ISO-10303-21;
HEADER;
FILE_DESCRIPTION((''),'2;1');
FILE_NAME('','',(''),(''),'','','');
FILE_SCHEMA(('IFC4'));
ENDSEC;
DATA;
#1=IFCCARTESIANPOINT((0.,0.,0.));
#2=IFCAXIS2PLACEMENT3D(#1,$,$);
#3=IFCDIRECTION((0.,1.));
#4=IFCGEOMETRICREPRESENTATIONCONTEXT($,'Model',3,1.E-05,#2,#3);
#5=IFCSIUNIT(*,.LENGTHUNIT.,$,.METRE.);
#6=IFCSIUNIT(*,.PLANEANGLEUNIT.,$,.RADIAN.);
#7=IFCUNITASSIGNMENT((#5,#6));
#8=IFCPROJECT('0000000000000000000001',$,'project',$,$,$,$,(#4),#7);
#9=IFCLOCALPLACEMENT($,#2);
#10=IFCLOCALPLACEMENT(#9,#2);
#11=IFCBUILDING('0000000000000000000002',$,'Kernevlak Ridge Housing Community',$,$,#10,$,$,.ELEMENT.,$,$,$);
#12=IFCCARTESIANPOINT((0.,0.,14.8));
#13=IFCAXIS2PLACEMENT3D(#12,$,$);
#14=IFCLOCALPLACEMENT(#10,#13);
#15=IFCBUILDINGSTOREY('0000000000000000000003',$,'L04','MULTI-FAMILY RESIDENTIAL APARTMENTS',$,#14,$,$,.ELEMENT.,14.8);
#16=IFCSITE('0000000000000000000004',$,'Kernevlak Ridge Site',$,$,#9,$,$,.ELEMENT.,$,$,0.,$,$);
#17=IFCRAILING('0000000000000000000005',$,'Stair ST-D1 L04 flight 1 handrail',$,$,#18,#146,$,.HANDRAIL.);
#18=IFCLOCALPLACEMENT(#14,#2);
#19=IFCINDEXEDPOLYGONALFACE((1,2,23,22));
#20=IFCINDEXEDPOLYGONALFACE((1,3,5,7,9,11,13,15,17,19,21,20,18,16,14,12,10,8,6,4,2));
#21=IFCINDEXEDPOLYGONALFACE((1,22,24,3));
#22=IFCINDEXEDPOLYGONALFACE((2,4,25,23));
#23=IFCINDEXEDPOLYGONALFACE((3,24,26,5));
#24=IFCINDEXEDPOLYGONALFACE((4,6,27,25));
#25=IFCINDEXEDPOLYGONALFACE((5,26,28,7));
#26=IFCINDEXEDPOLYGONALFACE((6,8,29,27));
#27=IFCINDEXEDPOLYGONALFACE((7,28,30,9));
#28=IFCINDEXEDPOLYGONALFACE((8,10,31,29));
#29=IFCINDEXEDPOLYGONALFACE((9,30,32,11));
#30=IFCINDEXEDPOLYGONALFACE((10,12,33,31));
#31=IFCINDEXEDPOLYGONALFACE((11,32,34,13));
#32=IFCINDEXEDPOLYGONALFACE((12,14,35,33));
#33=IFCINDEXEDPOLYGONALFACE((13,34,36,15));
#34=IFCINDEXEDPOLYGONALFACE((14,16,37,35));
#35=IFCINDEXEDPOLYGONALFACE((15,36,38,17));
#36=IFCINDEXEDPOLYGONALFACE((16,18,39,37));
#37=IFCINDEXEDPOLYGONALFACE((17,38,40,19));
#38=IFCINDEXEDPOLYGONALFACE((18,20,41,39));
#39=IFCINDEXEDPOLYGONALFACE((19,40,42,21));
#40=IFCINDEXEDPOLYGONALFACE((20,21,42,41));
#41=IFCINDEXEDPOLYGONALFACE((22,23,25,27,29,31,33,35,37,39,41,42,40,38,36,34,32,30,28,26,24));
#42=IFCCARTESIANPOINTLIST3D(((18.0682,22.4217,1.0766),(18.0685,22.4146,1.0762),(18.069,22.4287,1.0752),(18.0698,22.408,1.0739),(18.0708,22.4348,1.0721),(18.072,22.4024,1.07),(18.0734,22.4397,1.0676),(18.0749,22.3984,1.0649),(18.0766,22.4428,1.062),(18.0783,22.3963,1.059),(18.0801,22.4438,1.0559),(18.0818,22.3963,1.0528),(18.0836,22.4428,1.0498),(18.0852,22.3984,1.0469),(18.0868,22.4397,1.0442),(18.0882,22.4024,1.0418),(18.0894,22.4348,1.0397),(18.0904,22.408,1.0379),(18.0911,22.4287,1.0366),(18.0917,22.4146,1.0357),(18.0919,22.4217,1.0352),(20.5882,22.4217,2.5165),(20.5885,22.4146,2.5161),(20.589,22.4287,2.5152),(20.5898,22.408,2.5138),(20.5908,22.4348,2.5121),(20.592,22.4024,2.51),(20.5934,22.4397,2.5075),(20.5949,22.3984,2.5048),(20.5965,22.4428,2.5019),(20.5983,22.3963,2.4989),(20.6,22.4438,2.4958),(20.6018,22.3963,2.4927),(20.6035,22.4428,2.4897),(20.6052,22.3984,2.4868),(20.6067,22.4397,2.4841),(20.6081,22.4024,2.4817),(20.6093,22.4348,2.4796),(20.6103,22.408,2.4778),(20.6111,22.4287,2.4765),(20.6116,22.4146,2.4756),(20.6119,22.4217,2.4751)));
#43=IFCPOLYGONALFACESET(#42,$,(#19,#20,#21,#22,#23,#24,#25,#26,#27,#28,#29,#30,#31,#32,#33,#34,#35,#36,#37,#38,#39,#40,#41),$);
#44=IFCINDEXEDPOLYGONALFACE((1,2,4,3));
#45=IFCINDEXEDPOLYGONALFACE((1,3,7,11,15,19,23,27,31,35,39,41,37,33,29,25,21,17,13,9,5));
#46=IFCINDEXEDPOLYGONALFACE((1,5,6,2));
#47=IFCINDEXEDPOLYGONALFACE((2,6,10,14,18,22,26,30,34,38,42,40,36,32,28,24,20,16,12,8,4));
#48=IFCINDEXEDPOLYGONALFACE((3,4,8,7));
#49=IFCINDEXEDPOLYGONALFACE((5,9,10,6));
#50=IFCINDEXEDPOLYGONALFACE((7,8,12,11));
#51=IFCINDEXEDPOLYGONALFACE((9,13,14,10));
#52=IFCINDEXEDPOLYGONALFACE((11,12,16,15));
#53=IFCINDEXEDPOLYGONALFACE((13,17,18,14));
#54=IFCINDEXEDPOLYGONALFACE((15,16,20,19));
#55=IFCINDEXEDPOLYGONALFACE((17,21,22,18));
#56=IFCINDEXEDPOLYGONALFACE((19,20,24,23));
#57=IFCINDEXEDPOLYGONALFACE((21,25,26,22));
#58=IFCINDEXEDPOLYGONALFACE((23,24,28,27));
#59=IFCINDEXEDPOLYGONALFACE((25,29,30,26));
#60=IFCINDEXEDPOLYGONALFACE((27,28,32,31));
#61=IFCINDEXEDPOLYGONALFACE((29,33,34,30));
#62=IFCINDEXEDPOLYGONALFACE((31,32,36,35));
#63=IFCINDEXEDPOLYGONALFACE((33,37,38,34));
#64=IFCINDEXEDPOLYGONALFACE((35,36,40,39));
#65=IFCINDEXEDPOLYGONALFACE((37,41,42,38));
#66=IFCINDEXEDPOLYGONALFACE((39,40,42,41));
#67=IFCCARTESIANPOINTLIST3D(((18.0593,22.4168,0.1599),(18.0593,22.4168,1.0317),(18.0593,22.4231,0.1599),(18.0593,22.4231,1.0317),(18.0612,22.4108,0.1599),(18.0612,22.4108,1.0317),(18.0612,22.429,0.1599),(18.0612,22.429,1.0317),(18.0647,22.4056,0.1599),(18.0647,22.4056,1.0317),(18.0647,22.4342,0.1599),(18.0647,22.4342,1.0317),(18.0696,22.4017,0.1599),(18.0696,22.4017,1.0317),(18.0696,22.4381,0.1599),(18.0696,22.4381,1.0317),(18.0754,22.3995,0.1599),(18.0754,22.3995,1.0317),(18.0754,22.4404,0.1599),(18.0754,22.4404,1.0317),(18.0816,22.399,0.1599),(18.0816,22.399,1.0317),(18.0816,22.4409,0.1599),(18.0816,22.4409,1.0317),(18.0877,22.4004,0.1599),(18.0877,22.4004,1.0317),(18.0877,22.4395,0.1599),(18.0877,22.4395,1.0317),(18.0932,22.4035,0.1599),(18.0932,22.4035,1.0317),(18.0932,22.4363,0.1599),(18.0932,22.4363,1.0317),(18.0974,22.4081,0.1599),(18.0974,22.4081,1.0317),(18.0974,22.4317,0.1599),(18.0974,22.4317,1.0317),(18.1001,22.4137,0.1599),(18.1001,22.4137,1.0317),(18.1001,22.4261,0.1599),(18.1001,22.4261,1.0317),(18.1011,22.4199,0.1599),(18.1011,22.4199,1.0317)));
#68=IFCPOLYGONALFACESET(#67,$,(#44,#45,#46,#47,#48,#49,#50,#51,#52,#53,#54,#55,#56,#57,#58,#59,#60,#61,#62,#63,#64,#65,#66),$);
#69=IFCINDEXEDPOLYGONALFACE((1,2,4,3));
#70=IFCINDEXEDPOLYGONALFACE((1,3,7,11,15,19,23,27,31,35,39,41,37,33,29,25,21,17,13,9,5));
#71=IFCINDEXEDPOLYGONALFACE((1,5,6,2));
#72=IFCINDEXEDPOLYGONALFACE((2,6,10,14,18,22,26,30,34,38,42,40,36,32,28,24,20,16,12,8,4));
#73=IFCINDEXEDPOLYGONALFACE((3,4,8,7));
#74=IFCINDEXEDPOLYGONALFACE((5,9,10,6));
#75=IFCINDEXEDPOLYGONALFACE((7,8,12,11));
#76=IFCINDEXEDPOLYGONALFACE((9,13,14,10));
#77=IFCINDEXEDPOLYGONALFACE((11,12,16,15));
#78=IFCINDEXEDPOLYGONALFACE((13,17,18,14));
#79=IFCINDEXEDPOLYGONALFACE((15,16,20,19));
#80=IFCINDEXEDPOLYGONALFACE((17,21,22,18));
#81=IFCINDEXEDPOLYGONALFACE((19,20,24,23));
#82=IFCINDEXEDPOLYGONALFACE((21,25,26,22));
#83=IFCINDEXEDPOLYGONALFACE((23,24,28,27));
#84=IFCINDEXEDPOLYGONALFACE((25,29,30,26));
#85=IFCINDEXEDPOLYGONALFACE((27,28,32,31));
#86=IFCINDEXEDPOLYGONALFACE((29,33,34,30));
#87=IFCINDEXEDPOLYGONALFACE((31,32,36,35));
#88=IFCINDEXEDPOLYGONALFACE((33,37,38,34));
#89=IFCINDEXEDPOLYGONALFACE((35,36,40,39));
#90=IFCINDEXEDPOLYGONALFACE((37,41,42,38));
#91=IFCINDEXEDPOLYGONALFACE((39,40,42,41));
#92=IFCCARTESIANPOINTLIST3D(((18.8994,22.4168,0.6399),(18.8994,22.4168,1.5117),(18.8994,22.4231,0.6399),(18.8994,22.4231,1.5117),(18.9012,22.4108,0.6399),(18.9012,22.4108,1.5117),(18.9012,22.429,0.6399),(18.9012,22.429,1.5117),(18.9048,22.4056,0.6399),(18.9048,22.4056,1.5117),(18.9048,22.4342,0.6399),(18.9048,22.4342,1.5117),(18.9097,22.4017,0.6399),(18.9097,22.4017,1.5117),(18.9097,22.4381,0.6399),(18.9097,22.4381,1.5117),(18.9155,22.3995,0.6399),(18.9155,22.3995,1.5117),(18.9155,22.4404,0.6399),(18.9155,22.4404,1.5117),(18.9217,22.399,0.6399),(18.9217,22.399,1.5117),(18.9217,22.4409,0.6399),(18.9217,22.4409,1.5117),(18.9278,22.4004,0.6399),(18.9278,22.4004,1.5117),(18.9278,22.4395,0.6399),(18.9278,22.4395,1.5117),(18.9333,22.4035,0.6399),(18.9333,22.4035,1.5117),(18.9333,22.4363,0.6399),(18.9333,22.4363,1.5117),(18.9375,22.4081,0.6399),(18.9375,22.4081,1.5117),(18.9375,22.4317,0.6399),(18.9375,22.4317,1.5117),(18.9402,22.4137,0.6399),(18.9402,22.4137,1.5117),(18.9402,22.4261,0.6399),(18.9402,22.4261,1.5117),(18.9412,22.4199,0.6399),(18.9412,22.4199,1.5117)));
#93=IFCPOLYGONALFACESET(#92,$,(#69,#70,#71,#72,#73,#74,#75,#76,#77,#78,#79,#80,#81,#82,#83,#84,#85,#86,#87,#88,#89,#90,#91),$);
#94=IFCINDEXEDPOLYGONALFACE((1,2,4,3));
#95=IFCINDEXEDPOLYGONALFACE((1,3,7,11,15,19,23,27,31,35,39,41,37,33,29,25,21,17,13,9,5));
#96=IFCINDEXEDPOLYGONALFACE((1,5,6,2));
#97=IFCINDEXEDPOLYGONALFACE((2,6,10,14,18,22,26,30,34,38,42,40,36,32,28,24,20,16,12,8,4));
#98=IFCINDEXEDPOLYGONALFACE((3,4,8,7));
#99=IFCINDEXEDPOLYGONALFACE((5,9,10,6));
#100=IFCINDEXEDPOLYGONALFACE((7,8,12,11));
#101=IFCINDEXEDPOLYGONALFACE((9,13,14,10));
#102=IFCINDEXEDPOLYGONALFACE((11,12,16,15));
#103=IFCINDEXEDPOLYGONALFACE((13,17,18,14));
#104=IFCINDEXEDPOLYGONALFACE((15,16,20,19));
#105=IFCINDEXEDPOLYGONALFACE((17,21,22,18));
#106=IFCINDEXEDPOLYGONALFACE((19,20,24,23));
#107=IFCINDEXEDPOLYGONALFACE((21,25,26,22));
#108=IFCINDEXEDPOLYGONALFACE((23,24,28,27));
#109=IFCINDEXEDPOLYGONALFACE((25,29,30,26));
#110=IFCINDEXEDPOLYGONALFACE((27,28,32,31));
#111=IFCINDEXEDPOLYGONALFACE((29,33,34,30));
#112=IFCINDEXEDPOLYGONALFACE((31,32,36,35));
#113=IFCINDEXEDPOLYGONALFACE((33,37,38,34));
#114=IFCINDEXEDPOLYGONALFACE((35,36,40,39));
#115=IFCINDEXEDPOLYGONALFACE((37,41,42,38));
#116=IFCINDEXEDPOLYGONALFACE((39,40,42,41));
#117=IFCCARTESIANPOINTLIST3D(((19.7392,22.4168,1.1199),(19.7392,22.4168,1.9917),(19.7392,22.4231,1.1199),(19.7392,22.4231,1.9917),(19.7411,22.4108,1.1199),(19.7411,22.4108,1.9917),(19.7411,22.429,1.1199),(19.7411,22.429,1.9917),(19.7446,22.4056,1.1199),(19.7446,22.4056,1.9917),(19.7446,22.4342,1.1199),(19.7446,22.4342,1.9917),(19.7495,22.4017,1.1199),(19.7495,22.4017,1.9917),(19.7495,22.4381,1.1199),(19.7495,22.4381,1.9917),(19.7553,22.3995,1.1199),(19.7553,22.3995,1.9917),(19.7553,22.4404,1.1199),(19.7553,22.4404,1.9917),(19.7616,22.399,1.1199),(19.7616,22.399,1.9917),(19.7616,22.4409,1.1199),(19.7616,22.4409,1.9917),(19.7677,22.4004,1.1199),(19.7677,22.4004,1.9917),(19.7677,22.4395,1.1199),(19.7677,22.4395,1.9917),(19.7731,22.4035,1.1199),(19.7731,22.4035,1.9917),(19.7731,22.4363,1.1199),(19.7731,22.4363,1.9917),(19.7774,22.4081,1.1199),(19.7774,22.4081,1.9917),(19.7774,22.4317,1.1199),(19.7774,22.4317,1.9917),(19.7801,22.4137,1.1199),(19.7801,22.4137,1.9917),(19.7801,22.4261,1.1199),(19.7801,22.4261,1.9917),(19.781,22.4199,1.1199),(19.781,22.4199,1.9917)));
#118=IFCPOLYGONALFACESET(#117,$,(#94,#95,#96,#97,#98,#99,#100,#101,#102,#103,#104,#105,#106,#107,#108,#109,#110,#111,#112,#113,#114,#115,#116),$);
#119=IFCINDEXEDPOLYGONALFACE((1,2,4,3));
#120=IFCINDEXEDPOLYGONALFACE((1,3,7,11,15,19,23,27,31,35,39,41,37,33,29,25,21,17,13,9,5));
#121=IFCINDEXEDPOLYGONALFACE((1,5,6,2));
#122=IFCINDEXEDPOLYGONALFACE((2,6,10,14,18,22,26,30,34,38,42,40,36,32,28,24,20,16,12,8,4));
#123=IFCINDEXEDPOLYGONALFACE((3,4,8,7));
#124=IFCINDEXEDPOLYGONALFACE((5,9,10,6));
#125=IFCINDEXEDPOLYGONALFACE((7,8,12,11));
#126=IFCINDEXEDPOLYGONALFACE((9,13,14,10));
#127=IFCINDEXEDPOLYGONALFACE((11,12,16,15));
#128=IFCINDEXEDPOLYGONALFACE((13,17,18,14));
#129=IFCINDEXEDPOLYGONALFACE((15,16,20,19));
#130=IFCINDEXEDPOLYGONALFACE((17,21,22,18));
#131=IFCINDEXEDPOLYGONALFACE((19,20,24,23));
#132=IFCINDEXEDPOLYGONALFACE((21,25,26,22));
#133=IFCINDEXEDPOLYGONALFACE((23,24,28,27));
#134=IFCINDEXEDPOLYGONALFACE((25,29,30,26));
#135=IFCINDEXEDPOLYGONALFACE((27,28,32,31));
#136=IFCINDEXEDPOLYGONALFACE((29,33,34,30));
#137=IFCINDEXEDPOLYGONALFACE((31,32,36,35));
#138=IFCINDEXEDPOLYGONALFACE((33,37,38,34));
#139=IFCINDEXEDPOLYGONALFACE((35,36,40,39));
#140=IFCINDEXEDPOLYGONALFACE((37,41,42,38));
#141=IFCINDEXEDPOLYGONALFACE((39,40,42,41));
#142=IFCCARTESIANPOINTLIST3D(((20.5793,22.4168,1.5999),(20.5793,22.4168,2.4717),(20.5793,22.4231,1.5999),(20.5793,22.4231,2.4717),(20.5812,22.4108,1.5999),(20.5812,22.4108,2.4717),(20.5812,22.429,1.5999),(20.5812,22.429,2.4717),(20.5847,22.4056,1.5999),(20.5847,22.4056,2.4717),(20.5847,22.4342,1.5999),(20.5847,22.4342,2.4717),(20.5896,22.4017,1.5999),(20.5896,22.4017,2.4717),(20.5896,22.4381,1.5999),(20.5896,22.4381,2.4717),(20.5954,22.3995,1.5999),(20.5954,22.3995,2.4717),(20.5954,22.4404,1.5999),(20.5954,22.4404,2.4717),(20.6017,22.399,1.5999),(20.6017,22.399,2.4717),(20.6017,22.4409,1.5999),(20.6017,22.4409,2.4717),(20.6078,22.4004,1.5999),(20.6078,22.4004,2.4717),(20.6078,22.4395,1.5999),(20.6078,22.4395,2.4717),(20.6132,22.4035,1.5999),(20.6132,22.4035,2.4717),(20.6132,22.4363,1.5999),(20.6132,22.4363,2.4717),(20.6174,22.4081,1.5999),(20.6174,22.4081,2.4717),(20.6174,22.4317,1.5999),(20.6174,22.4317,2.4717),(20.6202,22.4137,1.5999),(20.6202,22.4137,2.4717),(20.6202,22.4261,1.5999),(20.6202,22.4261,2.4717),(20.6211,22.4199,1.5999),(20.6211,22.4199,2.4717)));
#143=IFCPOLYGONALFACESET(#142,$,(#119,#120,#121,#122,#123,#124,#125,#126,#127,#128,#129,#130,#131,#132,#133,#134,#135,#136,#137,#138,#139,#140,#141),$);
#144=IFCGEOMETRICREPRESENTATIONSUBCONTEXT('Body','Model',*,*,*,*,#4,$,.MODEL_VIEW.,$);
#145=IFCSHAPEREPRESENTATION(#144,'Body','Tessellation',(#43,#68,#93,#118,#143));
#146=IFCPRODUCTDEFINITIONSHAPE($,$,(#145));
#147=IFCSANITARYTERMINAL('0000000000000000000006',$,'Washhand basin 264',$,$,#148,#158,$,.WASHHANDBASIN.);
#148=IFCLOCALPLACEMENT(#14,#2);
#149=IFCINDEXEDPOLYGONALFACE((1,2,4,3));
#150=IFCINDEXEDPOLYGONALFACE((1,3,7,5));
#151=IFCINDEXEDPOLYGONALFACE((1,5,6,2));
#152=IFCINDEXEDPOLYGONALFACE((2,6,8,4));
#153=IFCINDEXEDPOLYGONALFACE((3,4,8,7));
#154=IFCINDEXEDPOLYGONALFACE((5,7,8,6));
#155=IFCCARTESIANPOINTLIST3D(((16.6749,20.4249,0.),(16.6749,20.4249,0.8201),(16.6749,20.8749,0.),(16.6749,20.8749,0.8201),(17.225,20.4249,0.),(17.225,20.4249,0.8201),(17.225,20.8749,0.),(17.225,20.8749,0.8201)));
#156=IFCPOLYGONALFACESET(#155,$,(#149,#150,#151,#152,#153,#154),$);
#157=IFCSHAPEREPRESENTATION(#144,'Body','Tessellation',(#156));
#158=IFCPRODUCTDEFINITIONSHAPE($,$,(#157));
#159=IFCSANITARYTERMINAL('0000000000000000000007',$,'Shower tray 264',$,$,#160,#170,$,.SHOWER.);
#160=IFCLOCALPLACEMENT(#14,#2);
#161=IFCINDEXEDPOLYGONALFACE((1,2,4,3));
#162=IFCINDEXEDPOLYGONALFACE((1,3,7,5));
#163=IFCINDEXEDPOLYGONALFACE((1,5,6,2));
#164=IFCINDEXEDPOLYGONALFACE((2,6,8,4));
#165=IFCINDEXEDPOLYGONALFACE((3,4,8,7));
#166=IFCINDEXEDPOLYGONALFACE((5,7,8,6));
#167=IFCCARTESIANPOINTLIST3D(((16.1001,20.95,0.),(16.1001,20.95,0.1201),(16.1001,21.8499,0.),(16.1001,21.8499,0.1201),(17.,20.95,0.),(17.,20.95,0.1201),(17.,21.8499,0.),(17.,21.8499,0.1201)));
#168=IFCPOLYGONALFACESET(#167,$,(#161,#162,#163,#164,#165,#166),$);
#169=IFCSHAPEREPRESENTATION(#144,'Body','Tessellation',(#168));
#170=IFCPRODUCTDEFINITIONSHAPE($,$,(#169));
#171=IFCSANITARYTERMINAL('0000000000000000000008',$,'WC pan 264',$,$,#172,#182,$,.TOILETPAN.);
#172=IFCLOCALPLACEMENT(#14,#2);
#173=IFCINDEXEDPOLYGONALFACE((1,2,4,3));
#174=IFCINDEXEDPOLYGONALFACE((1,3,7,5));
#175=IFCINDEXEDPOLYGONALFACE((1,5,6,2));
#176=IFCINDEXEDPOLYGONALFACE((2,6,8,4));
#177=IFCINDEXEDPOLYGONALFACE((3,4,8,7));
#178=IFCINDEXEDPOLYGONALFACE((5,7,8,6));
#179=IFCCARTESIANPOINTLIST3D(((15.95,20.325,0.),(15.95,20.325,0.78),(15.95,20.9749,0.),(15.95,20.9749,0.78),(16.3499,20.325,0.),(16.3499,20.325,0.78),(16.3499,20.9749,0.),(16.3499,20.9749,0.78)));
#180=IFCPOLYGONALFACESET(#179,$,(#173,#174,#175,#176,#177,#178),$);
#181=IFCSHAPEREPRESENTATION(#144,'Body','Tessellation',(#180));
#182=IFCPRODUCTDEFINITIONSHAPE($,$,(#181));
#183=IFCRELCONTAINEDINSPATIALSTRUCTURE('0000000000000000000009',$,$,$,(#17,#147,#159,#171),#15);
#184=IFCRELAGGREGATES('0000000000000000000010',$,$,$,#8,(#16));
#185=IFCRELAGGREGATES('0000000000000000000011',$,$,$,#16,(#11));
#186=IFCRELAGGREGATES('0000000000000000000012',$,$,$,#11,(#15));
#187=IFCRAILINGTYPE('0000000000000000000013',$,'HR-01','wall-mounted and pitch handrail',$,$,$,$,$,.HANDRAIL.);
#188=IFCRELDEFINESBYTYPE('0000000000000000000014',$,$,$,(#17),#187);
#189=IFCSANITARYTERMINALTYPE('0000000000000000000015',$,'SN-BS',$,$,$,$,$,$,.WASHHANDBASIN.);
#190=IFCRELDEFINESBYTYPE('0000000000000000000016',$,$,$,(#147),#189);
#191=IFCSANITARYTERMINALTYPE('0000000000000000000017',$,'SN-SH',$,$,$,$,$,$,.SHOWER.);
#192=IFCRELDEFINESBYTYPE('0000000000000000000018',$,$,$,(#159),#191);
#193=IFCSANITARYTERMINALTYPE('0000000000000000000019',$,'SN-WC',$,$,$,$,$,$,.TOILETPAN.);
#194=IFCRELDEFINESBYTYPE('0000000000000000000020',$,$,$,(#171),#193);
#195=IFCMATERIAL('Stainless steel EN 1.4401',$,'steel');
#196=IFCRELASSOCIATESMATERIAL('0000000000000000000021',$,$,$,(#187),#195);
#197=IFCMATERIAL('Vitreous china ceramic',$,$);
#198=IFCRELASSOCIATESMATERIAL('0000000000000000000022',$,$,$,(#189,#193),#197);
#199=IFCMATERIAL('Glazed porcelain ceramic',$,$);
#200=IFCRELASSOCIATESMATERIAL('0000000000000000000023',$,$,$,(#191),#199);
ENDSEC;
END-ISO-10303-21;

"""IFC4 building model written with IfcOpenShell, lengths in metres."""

from ifc_helpers import new_model, si_unit, direction, frame, origin, origin_2d, place, context, subcontext, project, spatial, rectangle, circle, extrude, material, type_object, element, save


model = new_model("IFC4")

# Units and contexts
model_context = context("Model", 3, precision=1e-05, world=origin(), true_north=direction((0.0, 1.0)))
body_context = subcontext(model_context, "Body", "Model", "MODEL_VIEW")
ifc_project = project(units=[si_unit("LENGTHUNIT", "METRE"), si_unit("PLANEANGLEUNIT", "RADIAN")], contexts=[model_context])

# Site, building, storey
site_placement = place(None, origin())
site = spatial("IfcSite", under=ifc_project, at=site_placement, Name="Kernevlak Ridge Site", CompositionType="ELEMENT", RefElevation=0.0)
building_placement = place(site_placement, origin())
building = spatial("IfcBuilding", under=site, at=building_placement, Name="Kernevlak Ridge Housing Community", CompositionType="ELEMENT")
storey_placement = place(building_placement, frame((0.0, 0.0, 14.8)))
storey = spatial("IfcBuildingStorey", under=building, at=storey_placement, Name="L04", Description="MULTI-FAMILY RESIDENTIAL APARTMENTS", CompositionType="ELEMENT", Elevation=14.8)

# Railing
ifc_material_1 = material(Name="Stainless steel EN 1.4401", Category="steel")
railing_type_1 = type_object("IfcRailingType", Name="HR-01", Description="wall-mounted and pitch handrail", PredefinedType="HANDRAIL", material=ifc_material_1)
railing_1_placement = place(storey_placement, frame((18.0801, 22.4199, 0.1599)))
element("IfcRailing", 1, at=railing_1_placement, inside=storey, type_object=railing_type_1, Name="Stair ST-D1 L04 flight 1 handrail", PredefinedType="HANDRAIL", context=body_context, shape_type="SweptSolid", body=[
    extrude(circle(Radius=0.0239, at=origin_2d()), frame((0.0, 0.0, 0.896), z_axis=(0.868253, 0.0, 0.496121), x_axis=(0.0, 1.0, 0.0)), (0.0, 0.0, 1.0), 2.9023),
    extrude(circle(Radius=0.021, at=origin_2d()), origin(), (0.0, 0.0, 1.0), 0.8718),
    extrude(circle(Radius=0.021, at=origin_2d()), frame((0.8401, 0.0, 0.48)), (0.0, 0.0, 1.0), 0.8718),
    extrude(circle(Radius=0.021, at=origin_2d()), frame((1.6799, 0.0, 0.96)), (0.0, 0.0, 1.0), 0.8718),
    extrude(circle(Radius=0.021, at=origin_2d()), frame((2.52, 0.0, 1.4399)), (0.0, 0.0, 1.0), 0.8718),
])

# Sanitary terminals
ifc_material_2 = material(Name="Vitreous china ceramic")
sanitary_terminal_type_1 = type_object("IfcSanitaryTerminalType", Name="SN-BS", PredefinedType="WASHHANDBASIN", material=ifc_material_2)
sanitary_terminal_1_placement = place(storey_placement, frame((16.95, 20.6499, 0.0), z_axis=(0.0, 0.0, 1.0), x_axis=(1.0, 0.0, 0.0)))
element("IfcSanitaryTerminal", 2, at=sanitary_terminal_1_placement, inside=storey, type_object=sanitary_terminal_type_1, Name="Washhand basin 264", PredefinedType="WASHHANDBASIN", context=body_context, shape_type="SweptSolid", body=[
    extrude(rectangle(XDim=0.55, YDim=0.45, at=origin_2d()), origin(), (0.0, 0.0, 1.0), 0.8201),
])
ifc_material_3 = material(Name="Glazed porcelain ceramic")
sanitary_terminal_type_2 = type_object("IfcSanitaryTerminalType", Name="SN-SH", PredefinedType="SHOWER", material=ifc_material_3)
sanitary_terminal_2_placement = place(storey_placement, frame((16.55, 21.3999, 0.0), z_axis=(0.0, 0.0, 1.0), x_axis=(1.0, 0.0, 0.0)))
element("IfcSanitaryTerminal", 3, at=sanitary_terminal_2_placement, inside=storey, type_object=sanitary_terminal_type_2, Name="Shower tray 264", PredefinedType="SHOWER", context=body_context, shape_type="SweptSolid", body=[
    extrude(rectangle(XDim=0.8999, YDim=0.8999, at=origin_2d()), origin(), (0.0, 0.0, 1.0), 0.1201),
])
sanitary_terminal_type_3 = type_object("IfcSanitaryTerminalType", Name="SN-WC", PredefinedType="TOILETPAN", material=ifc_material_2)
sanitary_terminal_3_placement = place(storey_placement, frame((16.1499, 20.6499, 0.0), z_axis=(0.0, 0.0, 1.0), x_axis=(1.0, 0.0, 0.0)))
element("IfcSanitaryTerminal", 4, at=sanitary_terminal_3_placement, inside=storey, type_object=sanitary_terminal_type_3, Name="WC pan 264", PredefinedType="TOILETPAN", context=body_context, shape_type="SweptSolid", body=[
    extrude(rectangle(XDim=0.3999, YDim=0.6499, at=origin_2d()), origin(), (0.0, 0.0, 1.0), 0.78),
])

save(model, "model.ifc")
